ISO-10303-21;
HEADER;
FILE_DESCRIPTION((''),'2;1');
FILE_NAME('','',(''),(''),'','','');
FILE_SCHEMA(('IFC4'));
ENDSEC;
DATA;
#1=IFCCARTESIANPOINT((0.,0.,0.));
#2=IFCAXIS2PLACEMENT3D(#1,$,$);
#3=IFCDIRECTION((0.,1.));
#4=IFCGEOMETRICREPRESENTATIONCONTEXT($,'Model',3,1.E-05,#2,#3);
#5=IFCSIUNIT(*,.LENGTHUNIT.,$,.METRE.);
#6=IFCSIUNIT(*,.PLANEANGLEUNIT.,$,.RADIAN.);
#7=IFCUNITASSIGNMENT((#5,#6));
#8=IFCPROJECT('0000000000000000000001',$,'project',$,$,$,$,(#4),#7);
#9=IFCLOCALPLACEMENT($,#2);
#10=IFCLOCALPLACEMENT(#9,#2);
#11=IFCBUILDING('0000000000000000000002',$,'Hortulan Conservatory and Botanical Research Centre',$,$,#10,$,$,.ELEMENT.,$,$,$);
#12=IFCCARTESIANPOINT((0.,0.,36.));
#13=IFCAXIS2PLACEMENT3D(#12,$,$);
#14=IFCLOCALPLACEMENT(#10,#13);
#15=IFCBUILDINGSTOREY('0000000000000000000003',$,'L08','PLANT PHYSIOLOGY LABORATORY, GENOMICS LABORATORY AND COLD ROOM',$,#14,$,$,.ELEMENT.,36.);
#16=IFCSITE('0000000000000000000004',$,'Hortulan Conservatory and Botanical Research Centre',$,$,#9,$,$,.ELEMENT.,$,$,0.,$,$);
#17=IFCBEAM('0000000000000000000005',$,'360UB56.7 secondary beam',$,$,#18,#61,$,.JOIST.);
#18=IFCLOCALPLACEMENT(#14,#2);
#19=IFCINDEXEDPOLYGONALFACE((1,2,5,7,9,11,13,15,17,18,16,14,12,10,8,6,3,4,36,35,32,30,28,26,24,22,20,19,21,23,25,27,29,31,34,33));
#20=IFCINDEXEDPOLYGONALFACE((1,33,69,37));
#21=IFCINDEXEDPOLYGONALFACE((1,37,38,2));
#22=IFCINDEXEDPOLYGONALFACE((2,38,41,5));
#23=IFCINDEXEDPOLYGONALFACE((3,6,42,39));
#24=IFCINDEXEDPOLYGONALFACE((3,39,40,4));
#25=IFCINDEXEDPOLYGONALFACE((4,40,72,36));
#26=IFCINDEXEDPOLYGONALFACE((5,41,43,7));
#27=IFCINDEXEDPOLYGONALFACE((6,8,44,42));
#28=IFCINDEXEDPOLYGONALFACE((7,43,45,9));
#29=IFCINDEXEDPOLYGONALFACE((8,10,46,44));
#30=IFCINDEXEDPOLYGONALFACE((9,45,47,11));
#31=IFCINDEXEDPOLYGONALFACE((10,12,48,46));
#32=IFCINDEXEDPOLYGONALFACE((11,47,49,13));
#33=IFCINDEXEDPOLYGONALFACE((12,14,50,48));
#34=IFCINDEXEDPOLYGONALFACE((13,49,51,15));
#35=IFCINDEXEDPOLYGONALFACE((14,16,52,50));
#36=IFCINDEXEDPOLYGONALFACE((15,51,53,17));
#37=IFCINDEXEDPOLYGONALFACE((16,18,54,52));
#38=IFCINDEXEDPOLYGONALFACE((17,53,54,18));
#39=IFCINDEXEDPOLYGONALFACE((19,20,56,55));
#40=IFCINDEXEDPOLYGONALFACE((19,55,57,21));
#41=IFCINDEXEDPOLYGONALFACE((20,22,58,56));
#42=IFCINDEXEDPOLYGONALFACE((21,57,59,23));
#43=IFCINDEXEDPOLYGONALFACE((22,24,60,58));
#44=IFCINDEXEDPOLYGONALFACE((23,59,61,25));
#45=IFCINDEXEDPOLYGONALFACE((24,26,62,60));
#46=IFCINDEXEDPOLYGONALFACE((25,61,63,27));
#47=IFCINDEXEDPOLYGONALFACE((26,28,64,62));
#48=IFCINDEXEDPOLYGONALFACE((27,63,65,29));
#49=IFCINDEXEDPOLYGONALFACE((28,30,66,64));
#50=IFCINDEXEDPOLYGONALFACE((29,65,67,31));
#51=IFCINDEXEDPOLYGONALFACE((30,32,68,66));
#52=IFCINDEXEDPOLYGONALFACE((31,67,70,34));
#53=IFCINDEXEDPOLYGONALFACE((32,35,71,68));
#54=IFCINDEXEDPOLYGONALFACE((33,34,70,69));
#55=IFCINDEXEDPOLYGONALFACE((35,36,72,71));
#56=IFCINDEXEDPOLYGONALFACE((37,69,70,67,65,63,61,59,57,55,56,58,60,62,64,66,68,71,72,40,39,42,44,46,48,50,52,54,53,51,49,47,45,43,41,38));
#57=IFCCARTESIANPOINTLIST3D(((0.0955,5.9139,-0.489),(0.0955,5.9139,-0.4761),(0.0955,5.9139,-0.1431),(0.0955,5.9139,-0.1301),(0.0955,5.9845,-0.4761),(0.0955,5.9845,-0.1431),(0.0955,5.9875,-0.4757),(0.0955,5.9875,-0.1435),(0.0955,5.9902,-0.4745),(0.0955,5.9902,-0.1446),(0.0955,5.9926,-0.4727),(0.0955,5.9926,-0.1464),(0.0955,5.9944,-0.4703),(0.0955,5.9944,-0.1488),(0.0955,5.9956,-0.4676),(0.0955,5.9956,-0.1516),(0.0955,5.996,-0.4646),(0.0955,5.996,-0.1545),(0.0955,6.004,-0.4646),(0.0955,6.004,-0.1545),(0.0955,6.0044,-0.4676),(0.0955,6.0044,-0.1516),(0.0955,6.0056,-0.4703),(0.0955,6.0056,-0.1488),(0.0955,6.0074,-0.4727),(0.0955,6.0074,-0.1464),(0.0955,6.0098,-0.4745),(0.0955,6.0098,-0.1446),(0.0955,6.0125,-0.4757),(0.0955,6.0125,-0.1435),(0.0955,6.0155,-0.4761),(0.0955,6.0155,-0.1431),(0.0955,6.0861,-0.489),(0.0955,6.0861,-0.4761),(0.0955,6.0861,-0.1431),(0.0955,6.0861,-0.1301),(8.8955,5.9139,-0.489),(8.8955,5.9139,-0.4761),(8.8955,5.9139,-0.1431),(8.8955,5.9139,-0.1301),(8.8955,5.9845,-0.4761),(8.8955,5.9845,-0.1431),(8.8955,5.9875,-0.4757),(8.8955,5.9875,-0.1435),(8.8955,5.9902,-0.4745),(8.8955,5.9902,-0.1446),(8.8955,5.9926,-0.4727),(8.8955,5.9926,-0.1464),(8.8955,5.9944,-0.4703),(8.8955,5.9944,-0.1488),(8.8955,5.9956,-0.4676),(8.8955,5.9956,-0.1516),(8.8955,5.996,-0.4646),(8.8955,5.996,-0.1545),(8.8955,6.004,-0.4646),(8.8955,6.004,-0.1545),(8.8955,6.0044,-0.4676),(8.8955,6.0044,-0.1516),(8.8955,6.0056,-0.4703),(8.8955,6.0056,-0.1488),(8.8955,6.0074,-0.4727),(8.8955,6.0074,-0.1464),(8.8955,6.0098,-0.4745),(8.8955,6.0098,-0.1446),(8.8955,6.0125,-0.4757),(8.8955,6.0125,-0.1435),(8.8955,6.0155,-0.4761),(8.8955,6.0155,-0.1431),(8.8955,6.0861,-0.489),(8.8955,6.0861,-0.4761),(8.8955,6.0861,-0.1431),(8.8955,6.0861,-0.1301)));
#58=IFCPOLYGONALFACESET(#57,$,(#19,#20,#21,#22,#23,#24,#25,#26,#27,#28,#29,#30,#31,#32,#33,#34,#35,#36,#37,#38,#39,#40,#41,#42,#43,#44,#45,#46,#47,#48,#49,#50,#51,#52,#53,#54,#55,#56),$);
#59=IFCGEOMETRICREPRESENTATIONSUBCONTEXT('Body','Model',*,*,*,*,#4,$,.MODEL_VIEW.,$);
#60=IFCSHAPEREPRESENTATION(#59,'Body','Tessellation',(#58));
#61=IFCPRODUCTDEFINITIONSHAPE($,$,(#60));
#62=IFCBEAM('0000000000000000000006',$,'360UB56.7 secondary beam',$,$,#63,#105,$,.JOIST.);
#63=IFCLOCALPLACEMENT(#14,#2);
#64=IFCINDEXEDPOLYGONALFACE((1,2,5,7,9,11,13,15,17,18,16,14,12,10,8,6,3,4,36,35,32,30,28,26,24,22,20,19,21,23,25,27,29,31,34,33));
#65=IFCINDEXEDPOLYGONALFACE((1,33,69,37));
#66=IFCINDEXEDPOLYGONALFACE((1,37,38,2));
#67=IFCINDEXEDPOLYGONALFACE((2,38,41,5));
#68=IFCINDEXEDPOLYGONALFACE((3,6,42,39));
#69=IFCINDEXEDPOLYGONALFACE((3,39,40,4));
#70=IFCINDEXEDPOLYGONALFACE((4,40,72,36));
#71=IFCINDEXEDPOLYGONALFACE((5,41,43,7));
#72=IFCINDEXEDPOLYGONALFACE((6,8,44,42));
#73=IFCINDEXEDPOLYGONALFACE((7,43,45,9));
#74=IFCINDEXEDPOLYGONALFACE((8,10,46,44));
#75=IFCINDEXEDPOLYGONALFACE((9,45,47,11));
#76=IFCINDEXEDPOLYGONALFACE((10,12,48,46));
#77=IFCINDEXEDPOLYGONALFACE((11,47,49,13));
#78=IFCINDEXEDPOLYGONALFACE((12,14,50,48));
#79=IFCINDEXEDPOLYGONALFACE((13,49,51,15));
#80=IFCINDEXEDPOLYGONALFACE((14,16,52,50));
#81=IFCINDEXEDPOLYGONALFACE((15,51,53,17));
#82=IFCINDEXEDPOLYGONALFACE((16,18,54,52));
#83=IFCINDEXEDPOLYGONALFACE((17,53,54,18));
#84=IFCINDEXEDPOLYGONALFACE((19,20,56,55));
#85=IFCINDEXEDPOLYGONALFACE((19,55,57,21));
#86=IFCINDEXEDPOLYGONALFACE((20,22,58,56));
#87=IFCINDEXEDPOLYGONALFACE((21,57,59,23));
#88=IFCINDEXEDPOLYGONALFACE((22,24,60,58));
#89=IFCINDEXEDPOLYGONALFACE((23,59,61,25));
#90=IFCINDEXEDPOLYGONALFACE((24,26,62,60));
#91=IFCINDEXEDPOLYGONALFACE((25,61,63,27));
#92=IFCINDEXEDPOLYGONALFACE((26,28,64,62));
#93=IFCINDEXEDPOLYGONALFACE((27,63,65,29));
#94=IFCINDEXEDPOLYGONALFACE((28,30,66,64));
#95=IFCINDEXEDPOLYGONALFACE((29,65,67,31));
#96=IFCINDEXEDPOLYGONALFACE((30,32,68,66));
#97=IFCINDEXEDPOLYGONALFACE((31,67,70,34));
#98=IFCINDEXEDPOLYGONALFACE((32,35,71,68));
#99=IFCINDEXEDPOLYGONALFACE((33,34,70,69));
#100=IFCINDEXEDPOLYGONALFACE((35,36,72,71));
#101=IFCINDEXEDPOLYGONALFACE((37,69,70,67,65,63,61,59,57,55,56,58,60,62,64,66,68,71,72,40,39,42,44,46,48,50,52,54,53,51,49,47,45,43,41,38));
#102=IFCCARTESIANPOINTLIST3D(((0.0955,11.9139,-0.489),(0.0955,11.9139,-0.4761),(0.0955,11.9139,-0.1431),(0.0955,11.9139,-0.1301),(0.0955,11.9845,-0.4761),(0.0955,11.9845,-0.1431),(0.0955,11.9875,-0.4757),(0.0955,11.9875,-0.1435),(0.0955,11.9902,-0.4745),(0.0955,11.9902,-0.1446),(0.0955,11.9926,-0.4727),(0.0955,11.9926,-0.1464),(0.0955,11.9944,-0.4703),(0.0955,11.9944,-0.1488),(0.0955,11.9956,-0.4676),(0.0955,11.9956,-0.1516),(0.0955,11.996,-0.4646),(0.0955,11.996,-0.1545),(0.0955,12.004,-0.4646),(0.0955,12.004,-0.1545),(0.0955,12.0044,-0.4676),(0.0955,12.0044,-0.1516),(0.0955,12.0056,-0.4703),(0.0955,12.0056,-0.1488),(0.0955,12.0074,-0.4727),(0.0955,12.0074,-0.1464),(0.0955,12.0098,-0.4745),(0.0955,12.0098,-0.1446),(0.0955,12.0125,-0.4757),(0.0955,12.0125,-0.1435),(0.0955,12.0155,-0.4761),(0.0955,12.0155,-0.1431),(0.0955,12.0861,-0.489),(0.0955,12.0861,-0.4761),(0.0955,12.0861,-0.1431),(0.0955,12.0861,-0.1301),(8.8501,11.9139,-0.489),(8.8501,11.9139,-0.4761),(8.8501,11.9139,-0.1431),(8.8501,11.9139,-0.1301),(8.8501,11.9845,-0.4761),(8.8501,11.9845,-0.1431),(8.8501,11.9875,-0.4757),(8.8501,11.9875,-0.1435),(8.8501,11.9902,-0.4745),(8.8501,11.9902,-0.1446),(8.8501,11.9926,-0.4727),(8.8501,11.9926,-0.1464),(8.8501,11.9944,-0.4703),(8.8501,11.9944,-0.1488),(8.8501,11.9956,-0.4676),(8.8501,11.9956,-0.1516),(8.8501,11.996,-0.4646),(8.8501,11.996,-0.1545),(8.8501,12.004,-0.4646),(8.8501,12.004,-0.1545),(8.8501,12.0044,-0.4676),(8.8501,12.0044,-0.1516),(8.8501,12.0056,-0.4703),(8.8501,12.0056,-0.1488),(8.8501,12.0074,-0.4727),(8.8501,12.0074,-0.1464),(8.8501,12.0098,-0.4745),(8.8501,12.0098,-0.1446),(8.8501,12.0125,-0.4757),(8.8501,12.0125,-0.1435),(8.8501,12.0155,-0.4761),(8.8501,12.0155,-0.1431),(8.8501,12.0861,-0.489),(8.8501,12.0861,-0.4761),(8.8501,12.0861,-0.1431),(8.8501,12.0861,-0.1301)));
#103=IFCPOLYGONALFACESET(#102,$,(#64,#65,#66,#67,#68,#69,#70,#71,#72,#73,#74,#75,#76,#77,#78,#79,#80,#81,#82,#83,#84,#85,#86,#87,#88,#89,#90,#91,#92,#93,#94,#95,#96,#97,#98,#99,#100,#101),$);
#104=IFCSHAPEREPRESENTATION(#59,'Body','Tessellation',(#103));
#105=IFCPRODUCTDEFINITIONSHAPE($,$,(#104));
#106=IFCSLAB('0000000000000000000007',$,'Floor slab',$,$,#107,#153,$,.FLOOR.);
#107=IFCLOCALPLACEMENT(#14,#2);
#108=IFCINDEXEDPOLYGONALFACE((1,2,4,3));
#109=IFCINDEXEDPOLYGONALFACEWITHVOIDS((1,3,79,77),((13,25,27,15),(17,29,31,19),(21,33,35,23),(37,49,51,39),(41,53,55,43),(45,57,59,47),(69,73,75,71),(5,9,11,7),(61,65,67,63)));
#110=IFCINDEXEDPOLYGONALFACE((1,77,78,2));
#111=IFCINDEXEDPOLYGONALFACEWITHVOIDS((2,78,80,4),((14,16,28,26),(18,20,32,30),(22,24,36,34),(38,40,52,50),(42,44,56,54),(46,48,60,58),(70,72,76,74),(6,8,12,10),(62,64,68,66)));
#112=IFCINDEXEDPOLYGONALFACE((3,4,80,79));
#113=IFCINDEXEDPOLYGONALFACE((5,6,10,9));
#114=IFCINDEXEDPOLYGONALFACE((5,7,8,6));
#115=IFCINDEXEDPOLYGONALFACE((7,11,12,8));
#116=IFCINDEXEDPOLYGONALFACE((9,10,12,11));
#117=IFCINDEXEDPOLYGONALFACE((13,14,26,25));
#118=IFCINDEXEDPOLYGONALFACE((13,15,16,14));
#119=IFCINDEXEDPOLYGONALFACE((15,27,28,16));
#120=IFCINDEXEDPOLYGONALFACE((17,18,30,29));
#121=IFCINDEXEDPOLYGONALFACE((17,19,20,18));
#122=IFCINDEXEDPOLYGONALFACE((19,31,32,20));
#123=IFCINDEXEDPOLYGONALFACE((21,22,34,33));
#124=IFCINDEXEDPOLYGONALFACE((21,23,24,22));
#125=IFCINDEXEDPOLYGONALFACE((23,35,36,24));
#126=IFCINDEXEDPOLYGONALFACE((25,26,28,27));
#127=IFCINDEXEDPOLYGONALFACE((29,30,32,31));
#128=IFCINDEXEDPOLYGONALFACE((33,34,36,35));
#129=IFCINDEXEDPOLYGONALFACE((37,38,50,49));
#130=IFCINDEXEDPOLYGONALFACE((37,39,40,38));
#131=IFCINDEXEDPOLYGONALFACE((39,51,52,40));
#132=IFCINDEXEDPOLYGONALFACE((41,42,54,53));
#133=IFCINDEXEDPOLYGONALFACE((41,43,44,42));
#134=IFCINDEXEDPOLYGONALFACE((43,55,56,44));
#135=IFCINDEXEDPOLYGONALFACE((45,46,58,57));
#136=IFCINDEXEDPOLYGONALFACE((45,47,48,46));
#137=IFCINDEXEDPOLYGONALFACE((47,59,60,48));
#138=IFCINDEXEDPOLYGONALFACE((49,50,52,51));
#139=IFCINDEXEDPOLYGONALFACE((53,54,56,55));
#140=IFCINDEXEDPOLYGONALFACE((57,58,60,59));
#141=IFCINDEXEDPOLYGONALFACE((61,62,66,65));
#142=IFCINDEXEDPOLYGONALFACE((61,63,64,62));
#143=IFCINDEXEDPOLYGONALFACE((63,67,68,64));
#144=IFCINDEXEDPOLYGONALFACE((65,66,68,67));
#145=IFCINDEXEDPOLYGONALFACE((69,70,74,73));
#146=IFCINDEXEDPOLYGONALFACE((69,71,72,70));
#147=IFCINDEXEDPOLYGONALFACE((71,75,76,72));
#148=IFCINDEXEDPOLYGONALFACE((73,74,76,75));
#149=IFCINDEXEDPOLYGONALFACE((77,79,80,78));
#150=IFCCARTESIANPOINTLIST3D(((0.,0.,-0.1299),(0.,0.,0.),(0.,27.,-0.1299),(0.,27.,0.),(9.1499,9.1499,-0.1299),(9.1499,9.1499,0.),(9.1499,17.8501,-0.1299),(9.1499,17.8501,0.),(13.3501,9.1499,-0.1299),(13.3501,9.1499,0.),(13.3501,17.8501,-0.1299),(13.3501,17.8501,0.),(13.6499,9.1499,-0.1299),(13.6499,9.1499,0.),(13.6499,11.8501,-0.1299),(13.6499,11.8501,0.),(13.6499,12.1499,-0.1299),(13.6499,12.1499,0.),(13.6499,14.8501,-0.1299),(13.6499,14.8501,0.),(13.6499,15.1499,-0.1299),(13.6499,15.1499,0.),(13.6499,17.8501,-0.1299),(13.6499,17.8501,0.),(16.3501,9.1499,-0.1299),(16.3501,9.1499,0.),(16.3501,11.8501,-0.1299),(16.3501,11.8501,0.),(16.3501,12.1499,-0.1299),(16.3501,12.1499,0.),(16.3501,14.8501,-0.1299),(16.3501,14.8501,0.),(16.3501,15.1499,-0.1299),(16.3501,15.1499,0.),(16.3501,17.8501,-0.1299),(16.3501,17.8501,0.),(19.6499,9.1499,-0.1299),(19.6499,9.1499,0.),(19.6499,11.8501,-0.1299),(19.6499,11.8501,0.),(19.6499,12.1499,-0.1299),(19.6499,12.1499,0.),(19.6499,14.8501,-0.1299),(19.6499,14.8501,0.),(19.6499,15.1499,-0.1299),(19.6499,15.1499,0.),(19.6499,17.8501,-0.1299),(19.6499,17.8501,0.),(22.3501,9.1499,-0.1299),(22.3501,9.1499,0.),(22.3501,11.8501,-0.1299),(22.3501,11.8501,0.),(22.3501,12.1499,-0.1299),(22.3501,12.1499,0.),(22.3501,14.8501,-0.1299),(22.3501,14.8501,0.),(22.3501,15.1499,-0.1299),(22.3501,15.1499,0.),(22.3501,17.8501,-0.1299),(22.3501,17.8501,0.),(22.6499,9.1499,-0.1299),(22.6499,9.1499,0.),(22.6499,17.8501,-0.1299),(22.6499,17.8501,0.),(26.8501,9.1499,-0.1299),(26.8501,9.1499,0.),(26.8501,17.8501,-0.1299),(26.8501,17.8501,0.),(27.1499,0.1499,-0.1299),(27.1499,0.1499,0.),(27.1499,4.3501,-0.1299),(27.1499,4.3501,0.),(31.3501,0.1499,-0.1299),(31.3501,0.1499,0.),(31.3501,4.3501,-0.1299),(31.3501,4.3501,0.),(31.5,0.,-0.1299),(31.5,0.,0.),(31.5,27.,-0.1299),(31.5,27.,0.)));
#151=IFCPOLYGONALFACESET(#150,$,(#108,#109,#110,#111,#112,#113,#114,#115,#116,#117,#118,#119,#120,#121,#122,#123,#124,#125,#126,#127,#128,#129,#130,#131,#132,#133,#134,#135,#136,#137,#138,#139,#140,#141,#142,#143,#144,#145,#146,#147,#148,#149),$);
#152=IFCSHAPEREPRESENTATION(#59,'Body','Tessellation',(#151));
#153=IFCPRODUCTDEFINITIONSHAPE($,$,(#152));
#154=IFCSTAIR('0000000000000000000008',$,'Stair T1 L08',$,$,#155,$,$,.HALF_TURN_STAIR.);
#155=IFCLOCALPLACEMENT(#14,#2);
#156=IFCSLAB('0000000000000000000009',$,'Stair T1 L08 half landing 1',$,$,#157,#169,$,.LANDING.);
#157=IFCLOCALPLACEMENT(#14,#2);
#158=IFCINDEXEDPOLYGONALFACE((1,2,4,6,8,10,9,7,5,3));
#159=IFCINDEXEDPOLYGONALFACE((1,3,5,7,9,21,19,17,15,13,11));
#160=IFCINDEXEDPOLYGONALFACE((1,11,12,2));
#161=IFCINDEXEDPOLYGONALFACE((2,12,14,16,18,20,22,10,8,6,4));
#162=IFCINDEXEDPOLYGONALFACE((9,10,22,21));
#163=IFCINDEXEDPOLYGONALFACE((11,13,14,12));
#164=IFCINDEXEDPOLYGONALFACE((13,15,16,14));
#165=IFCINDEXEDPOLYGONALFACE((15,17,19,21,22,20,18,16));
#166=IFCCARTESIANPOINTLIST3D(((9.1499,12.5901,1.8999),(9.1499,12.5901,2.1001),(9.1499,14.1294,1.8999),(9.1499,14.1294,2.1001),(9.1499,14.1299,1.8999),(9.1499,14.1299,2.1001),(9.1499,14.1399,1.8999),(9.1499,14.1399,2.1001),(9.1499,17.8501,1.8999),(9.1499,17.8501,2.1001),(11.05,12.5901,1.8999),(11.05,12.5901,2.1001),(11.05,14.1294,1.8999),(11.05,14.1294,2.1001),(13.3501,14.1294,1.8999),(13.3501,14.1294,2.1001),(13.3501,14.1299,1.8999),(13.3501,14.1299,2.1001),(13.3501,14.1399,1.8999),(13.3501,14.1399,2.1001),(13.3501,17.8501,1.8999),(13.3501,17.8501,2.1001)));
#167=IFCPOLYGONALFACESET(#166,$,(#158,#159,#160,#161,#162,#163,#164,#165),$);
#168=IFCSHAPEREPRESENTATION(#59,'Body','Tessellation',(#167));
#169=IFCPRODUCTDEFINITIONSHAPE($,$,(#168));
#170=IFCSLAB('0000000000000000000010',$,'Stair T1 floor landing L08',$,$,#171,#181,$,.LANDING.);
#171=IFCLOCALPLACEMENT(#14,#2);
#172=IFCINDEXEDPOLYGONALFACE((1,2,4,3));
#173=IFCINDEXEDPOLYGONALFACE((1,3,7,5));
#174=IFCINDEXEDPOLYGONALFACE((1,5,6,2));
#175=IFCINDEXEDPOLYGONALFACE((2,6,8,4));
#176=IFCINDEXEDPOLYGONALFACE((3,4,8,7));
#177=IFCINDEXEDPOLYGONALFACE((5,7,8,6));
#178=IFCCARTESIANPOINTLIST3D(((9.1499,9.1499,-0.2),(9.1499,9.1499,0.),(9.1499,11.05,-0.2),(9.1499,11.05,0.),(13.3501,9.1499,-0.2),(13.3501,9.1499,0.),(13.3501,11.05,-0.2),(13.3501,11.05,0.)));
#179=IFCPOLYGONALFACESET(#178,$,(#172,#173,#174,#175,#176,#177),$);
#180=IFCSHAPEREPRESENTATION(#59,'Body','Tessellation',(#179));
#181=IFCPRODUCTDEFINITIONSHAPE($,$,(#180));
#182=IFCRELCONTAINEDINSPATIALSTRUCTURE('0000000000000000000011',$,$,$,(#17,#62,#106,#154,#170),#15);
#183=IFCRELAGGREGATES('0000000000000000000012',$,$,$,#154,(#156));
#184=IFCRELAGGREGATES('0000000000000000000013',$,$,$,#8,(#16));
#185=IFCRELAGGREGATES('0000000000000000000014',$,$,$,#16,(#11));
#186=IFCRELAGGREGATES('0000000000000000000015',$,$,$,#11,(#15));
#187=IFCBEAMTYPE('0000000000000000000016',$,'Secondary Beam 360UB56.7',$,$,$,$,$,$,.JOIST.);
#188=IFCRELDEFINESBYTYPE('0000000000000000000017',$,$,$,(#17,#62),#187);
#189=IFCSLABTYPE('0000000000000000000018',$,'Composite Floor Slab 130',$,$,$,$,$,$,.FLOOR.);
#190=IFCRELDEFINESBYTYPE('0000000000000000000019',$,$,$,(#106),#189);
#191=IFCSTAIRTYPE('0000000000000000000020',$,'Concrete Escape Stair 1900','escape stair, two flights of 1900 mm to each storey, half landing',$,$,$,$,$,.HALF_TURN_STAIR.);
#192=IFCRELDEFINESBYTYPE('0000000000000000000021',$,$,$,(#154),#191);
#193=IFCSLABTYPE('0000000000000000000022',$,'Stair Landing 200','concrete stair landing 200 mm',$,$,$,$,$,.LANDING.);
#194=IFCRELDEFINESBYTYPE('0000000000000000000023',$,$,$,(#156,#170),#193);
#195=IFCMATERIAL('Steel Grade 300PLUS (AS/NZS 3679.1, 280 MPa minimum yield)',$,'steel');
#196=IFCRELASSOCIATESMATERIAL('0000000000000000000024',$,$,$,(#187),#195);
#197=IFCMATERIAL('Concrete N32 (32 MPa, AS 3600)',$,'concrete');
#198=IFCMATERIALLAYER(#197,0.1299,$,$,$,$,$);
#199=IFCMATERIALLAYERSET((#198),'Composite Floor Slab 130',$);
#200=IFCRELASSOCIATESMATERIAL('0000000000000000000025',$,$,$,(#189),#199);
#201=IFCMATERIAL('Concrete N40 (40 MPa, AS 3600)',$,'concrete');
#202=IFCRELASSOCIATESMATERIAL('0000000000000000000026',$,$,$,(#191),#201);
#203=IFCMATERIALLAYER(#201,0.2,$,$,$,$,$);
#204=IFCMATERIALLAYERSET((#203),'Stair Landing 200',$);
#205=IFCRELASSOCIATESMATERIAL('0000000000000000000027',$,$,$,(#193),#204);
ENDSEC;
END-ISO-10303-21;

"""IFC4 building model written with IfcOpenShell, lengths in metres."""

from ifc_helpers import new_model, si_unit, direction, frame, origin, origin_2d, place, context, subcontext, project, spatial, polyline, i_section, outline, extrude, material, layer, layer_set, material_profile, profile_set, type_object, element, aggregate, save


model = new_model("IFC4")

# Units and contexts
model_context = context("Model", 3, precision=1e-05, world=origin(), true_north=direction((0.0, 1.0)))
body_context = subcontext(model_context, "Body", "Model", "MODEL_VIEW")
ifc_project = project(units=[si_unit("LENGTHUNIT", "METRE"), si_unit("PLANEANGLEUNIT", "RADIAN")], contexts=[model_context])

# Site, building, storey
site_placement = place(None, origin())
site = spatial("IfcSite", under=ifc_project, at=site_placement, Name="Hortulan Conservatory and Botanical Research Centre", CompositionType="ELEMENT", RefElevation=0.0)
building_placement = place(site_placement, origin())
building = spatial("IfcBuilding", under=site, at=building_placement, Name="Hortulan Conservatory and Botanical Research Centre", CompositionType="ELEMENT")
storey_placement = place(building_placement, frame((0.0, 0.0, 36.0)))
storey = spatial("IfcBuildingStorey", under=building, at=storey_placement, Name="L08", Description="PLANT PHYSIOLOGY LABORATORY, GENOMICS LABORATORY AND COLD ROOM", CompositionType="ELEMENT", Elevation=36.0)

# Shared definitions
ifc_material_1 = material(Name="Steel Grade 300PLUS (AS/NZS 3679.1, 280 MPa minimum yield)", Category="steel")

# Beams
ifc_material_profile_1 = material_profile(ifc_material_1, i_section(OverallWidth=0.1721, OverallDepth=0.3589, WebThickness=0.0081, FlangeThickness=0.0129, FilletRadius=0.0115, at=origin_2d()), Name="360UB56.7")
ifc_profile_set_1 = profile_set([ifc_material_profile_1], Name="Steel Grade 300PLUS (AS/NZS 3679.1, 280 MPa minimum yield)")
beam_type_1 = type_object("IfcBeamType", Name="Secondary Beam 360UB56.7", PredefinedType="JOIST", material=ifc_profile_set_1)
for number, where, z_axis, x_axis, name in (
    (1, (0.0955, 6.0, -0.3096), (1.0, 0.0, 0.0), (0.0, 1.0, 0.0), "360UB56.7 secondary beam"),
):
    element("IfcBeam", number, at=place(storey_placement, frame(where, z_axis=z_axis, x_axis=x_axis)), inside=storey, type_object=beam_type_1, Name=name, PredefinedType="JOIST", context=body_context, shape_type="SweptSolid", body=[
        extrude(i_section(OverallWidth=0.1721, OverallDepth=0.3589, WebThickness=0.0081, FlangeThickness=0.0129, FilletRadius=0.0115, at=origin_2d()), origin(), (0.0, 0.0, 1.0), 8.8),
    ])
beam_1_placement = place(storey_placement, frame((0.0955, 12.0, -0.3096), z_axis=(1.0, 0.0, 0.0), x_axis=(0.0, 1.0, 0.0)))
element("IfcBeam", 2, at=beam_1_placement, inside=storey, type_object=beam_type_1, Name="360UB56.7 secondary beam", PredefinedType="JOIST", context=body_context, shape_type="SweptSolid", body=[
    extrude(i_section(OverallWidth=0.1721, OverallDepth=0.3589, WebThickness=0.0081, FlangeThickness=0.0129, FilletRadius=0.0115, at=origin_2d()), origin(), (0.0, 0.0, 1.0), 8.7546),
])

# Slab
ifc_material_2 = material(Name="Concrete N32 (32 MPa, AS 3600)", Category="concrete")
ifc_layer_1 = layer(ifc_material_2, 0.1299)
ifc_layer_set_1 = layer_set([ifc_layer_1], Name="Composite Floor Slab 130")
slab_type_1 = type_object("IfcSlabType", Name="Composite Floor Slab 130", PredefinedType="FLOOR", material=ifc_layer_set_1)
slab_1_placement = place(storey_placement, frame((0.0, 0.0, -0.1299)))
element("IfcSlab", 3, at=slab_1_placement, inside=storey, type_object=slab_type_1, Name="Floor slab", PredefinedType="FLOOR", context=body_context, shape_type="SweptSolid", body=[
    extrude(outline(polyline([(0.0, 0.0), (31.5, 0.0), (31.5, 27.0), (0.0, 27.0), (0.0, 0.0)]), holes=[polyline([(27.1499, 4.3501), (27.1499, 0.1499), (31.3501, 0.1499), (31.3501, 4.3501), (27.1499, 4.3501)]), polyline([(13.6499, 11.8501), (13.6499, 9.1499), (16.3501, 9.1499), (16.3501, 11.8501), (13.6499, 11.8501)]), polyline([(19.6499, 11.8501), (19.6499, 9.1499), (22.3501, 9.1499), (22.3501, 11.8501), (19.6499, 11.8501)]), polyline([(9.1499, 17.8501), (9.1499, 9.1499), (13.3501, 9.1499), (13.3501, 17.8501), (9.1499, 17.8501)]), polyline([(13.6499, 14.8501), (13.6499, 12.1499), (16.3501, 12.1499), (16.3501, 14.8501), (13.6499, 14.8501)]), polyline([(19.6499, 14.8501), (19.6499, 12.1499), (22.3501, 12.1499), (22.3501, 14.8501), (19.6499, 14.8501)]), polyline([(22.6499, 17.8501), (22.6499, 9.1499), (26.8501, 9.1499), (26.8501, 17.8501), (22.6499, 17.8501)]), polyline([(16.3501, 17.8501), (13.6499, 17.8501), (13.6499, 15.1499), (16.3501, 15.1499), (16.3501, 17.8501)]), polyline([(22.3501, 17.8501), (19.6499, 17.8501), (19.6499, 15.1499), (22.3501, 15.1499), (22.3501, 17.8501)])]), origin(), (0.0, 0.0, 1.0), 0.1299),
])

# Stair, slab
ifc_material_3 = material(Name="Concrete N40 (40 MPa, AS 3600)", Category="concrete")
stair_type_1 = type_object("IfcStairType", Name="Concrete Escape Stair 1900", Description="escape stair, two flights of 1900 mm to each storey, half landing", PredefinedType="HALF_TURN_STAIR", material=ifc_material_3)
stair_1_placement = place(storey_placement, origin())
stair_1 = element("IfcStair", 4, at=stair_1_placement, inside=storey, type_object=stair_type_1, Name="Stair T1 L08", PredefinedType="HALF_TURN_STAIR")
ifc_layer_2 = layer(ifc_material_3, 0.2)
ifc_layer_set_2 = layer_set([ifc_layer_2], Name="Stair Landing 200")
slab_type_2 = type_object("IfcSlabType", Name="Stair Landing 200", Description="concrete stair landing 200 mm", PredefinedType="LANDING", material=ifc_layer_set_2)
slab_2_placement = place(storey_placement, frame((0.0, 0.0, 1.8999)))
slab_2 = element("IfcSlab", 5, at=slab_2_placement, type_object=slab_type_2, Name="Stair T1 L08 half landing 1", PredefinedType="LANDING", context=body_context, shape_type="SweptSolid", body=[
    extrude(outline(polyline([(13.3501, 14.1294), (11.05, 14.1294), (11.05, 12.5901), (9.1499, 12.5901), (9.1499, 14.1294), (9.1499, 14.1299), (9.1499, 14.1399), (9.1499, 17.8501), (13.3501, 17.8501), (13.3501, 14.1399), (13.3501, 14.1299), (13.3501, 14.1294)])), origin(), (0.0, 0.0, 1.0), 0.2002),
])
aggregate(stair_1, [slab_2])

# Slab
slab_3_placement = place(storey_placement, frame((0.0, 0.0, -0.2)))
element("IfcSlab", 6, at=slab_3_placement, inside=storey, type_object=slab_type_2, Name="Stair T1 floor landing L08", PredefinedType="LANDING", context=body_context, shape_type="SweptSolid", body=[
    extrude(outline(polyline([(13.3501, 9.1499), (9.1499, 9.1499), (9.1499, 11.05), (13.3501, 11.05), (13.3501, 9.1499)])), origin(), (0.0, 0.0, 1.0), 0.2),
])

save(model, "model.ifc")
